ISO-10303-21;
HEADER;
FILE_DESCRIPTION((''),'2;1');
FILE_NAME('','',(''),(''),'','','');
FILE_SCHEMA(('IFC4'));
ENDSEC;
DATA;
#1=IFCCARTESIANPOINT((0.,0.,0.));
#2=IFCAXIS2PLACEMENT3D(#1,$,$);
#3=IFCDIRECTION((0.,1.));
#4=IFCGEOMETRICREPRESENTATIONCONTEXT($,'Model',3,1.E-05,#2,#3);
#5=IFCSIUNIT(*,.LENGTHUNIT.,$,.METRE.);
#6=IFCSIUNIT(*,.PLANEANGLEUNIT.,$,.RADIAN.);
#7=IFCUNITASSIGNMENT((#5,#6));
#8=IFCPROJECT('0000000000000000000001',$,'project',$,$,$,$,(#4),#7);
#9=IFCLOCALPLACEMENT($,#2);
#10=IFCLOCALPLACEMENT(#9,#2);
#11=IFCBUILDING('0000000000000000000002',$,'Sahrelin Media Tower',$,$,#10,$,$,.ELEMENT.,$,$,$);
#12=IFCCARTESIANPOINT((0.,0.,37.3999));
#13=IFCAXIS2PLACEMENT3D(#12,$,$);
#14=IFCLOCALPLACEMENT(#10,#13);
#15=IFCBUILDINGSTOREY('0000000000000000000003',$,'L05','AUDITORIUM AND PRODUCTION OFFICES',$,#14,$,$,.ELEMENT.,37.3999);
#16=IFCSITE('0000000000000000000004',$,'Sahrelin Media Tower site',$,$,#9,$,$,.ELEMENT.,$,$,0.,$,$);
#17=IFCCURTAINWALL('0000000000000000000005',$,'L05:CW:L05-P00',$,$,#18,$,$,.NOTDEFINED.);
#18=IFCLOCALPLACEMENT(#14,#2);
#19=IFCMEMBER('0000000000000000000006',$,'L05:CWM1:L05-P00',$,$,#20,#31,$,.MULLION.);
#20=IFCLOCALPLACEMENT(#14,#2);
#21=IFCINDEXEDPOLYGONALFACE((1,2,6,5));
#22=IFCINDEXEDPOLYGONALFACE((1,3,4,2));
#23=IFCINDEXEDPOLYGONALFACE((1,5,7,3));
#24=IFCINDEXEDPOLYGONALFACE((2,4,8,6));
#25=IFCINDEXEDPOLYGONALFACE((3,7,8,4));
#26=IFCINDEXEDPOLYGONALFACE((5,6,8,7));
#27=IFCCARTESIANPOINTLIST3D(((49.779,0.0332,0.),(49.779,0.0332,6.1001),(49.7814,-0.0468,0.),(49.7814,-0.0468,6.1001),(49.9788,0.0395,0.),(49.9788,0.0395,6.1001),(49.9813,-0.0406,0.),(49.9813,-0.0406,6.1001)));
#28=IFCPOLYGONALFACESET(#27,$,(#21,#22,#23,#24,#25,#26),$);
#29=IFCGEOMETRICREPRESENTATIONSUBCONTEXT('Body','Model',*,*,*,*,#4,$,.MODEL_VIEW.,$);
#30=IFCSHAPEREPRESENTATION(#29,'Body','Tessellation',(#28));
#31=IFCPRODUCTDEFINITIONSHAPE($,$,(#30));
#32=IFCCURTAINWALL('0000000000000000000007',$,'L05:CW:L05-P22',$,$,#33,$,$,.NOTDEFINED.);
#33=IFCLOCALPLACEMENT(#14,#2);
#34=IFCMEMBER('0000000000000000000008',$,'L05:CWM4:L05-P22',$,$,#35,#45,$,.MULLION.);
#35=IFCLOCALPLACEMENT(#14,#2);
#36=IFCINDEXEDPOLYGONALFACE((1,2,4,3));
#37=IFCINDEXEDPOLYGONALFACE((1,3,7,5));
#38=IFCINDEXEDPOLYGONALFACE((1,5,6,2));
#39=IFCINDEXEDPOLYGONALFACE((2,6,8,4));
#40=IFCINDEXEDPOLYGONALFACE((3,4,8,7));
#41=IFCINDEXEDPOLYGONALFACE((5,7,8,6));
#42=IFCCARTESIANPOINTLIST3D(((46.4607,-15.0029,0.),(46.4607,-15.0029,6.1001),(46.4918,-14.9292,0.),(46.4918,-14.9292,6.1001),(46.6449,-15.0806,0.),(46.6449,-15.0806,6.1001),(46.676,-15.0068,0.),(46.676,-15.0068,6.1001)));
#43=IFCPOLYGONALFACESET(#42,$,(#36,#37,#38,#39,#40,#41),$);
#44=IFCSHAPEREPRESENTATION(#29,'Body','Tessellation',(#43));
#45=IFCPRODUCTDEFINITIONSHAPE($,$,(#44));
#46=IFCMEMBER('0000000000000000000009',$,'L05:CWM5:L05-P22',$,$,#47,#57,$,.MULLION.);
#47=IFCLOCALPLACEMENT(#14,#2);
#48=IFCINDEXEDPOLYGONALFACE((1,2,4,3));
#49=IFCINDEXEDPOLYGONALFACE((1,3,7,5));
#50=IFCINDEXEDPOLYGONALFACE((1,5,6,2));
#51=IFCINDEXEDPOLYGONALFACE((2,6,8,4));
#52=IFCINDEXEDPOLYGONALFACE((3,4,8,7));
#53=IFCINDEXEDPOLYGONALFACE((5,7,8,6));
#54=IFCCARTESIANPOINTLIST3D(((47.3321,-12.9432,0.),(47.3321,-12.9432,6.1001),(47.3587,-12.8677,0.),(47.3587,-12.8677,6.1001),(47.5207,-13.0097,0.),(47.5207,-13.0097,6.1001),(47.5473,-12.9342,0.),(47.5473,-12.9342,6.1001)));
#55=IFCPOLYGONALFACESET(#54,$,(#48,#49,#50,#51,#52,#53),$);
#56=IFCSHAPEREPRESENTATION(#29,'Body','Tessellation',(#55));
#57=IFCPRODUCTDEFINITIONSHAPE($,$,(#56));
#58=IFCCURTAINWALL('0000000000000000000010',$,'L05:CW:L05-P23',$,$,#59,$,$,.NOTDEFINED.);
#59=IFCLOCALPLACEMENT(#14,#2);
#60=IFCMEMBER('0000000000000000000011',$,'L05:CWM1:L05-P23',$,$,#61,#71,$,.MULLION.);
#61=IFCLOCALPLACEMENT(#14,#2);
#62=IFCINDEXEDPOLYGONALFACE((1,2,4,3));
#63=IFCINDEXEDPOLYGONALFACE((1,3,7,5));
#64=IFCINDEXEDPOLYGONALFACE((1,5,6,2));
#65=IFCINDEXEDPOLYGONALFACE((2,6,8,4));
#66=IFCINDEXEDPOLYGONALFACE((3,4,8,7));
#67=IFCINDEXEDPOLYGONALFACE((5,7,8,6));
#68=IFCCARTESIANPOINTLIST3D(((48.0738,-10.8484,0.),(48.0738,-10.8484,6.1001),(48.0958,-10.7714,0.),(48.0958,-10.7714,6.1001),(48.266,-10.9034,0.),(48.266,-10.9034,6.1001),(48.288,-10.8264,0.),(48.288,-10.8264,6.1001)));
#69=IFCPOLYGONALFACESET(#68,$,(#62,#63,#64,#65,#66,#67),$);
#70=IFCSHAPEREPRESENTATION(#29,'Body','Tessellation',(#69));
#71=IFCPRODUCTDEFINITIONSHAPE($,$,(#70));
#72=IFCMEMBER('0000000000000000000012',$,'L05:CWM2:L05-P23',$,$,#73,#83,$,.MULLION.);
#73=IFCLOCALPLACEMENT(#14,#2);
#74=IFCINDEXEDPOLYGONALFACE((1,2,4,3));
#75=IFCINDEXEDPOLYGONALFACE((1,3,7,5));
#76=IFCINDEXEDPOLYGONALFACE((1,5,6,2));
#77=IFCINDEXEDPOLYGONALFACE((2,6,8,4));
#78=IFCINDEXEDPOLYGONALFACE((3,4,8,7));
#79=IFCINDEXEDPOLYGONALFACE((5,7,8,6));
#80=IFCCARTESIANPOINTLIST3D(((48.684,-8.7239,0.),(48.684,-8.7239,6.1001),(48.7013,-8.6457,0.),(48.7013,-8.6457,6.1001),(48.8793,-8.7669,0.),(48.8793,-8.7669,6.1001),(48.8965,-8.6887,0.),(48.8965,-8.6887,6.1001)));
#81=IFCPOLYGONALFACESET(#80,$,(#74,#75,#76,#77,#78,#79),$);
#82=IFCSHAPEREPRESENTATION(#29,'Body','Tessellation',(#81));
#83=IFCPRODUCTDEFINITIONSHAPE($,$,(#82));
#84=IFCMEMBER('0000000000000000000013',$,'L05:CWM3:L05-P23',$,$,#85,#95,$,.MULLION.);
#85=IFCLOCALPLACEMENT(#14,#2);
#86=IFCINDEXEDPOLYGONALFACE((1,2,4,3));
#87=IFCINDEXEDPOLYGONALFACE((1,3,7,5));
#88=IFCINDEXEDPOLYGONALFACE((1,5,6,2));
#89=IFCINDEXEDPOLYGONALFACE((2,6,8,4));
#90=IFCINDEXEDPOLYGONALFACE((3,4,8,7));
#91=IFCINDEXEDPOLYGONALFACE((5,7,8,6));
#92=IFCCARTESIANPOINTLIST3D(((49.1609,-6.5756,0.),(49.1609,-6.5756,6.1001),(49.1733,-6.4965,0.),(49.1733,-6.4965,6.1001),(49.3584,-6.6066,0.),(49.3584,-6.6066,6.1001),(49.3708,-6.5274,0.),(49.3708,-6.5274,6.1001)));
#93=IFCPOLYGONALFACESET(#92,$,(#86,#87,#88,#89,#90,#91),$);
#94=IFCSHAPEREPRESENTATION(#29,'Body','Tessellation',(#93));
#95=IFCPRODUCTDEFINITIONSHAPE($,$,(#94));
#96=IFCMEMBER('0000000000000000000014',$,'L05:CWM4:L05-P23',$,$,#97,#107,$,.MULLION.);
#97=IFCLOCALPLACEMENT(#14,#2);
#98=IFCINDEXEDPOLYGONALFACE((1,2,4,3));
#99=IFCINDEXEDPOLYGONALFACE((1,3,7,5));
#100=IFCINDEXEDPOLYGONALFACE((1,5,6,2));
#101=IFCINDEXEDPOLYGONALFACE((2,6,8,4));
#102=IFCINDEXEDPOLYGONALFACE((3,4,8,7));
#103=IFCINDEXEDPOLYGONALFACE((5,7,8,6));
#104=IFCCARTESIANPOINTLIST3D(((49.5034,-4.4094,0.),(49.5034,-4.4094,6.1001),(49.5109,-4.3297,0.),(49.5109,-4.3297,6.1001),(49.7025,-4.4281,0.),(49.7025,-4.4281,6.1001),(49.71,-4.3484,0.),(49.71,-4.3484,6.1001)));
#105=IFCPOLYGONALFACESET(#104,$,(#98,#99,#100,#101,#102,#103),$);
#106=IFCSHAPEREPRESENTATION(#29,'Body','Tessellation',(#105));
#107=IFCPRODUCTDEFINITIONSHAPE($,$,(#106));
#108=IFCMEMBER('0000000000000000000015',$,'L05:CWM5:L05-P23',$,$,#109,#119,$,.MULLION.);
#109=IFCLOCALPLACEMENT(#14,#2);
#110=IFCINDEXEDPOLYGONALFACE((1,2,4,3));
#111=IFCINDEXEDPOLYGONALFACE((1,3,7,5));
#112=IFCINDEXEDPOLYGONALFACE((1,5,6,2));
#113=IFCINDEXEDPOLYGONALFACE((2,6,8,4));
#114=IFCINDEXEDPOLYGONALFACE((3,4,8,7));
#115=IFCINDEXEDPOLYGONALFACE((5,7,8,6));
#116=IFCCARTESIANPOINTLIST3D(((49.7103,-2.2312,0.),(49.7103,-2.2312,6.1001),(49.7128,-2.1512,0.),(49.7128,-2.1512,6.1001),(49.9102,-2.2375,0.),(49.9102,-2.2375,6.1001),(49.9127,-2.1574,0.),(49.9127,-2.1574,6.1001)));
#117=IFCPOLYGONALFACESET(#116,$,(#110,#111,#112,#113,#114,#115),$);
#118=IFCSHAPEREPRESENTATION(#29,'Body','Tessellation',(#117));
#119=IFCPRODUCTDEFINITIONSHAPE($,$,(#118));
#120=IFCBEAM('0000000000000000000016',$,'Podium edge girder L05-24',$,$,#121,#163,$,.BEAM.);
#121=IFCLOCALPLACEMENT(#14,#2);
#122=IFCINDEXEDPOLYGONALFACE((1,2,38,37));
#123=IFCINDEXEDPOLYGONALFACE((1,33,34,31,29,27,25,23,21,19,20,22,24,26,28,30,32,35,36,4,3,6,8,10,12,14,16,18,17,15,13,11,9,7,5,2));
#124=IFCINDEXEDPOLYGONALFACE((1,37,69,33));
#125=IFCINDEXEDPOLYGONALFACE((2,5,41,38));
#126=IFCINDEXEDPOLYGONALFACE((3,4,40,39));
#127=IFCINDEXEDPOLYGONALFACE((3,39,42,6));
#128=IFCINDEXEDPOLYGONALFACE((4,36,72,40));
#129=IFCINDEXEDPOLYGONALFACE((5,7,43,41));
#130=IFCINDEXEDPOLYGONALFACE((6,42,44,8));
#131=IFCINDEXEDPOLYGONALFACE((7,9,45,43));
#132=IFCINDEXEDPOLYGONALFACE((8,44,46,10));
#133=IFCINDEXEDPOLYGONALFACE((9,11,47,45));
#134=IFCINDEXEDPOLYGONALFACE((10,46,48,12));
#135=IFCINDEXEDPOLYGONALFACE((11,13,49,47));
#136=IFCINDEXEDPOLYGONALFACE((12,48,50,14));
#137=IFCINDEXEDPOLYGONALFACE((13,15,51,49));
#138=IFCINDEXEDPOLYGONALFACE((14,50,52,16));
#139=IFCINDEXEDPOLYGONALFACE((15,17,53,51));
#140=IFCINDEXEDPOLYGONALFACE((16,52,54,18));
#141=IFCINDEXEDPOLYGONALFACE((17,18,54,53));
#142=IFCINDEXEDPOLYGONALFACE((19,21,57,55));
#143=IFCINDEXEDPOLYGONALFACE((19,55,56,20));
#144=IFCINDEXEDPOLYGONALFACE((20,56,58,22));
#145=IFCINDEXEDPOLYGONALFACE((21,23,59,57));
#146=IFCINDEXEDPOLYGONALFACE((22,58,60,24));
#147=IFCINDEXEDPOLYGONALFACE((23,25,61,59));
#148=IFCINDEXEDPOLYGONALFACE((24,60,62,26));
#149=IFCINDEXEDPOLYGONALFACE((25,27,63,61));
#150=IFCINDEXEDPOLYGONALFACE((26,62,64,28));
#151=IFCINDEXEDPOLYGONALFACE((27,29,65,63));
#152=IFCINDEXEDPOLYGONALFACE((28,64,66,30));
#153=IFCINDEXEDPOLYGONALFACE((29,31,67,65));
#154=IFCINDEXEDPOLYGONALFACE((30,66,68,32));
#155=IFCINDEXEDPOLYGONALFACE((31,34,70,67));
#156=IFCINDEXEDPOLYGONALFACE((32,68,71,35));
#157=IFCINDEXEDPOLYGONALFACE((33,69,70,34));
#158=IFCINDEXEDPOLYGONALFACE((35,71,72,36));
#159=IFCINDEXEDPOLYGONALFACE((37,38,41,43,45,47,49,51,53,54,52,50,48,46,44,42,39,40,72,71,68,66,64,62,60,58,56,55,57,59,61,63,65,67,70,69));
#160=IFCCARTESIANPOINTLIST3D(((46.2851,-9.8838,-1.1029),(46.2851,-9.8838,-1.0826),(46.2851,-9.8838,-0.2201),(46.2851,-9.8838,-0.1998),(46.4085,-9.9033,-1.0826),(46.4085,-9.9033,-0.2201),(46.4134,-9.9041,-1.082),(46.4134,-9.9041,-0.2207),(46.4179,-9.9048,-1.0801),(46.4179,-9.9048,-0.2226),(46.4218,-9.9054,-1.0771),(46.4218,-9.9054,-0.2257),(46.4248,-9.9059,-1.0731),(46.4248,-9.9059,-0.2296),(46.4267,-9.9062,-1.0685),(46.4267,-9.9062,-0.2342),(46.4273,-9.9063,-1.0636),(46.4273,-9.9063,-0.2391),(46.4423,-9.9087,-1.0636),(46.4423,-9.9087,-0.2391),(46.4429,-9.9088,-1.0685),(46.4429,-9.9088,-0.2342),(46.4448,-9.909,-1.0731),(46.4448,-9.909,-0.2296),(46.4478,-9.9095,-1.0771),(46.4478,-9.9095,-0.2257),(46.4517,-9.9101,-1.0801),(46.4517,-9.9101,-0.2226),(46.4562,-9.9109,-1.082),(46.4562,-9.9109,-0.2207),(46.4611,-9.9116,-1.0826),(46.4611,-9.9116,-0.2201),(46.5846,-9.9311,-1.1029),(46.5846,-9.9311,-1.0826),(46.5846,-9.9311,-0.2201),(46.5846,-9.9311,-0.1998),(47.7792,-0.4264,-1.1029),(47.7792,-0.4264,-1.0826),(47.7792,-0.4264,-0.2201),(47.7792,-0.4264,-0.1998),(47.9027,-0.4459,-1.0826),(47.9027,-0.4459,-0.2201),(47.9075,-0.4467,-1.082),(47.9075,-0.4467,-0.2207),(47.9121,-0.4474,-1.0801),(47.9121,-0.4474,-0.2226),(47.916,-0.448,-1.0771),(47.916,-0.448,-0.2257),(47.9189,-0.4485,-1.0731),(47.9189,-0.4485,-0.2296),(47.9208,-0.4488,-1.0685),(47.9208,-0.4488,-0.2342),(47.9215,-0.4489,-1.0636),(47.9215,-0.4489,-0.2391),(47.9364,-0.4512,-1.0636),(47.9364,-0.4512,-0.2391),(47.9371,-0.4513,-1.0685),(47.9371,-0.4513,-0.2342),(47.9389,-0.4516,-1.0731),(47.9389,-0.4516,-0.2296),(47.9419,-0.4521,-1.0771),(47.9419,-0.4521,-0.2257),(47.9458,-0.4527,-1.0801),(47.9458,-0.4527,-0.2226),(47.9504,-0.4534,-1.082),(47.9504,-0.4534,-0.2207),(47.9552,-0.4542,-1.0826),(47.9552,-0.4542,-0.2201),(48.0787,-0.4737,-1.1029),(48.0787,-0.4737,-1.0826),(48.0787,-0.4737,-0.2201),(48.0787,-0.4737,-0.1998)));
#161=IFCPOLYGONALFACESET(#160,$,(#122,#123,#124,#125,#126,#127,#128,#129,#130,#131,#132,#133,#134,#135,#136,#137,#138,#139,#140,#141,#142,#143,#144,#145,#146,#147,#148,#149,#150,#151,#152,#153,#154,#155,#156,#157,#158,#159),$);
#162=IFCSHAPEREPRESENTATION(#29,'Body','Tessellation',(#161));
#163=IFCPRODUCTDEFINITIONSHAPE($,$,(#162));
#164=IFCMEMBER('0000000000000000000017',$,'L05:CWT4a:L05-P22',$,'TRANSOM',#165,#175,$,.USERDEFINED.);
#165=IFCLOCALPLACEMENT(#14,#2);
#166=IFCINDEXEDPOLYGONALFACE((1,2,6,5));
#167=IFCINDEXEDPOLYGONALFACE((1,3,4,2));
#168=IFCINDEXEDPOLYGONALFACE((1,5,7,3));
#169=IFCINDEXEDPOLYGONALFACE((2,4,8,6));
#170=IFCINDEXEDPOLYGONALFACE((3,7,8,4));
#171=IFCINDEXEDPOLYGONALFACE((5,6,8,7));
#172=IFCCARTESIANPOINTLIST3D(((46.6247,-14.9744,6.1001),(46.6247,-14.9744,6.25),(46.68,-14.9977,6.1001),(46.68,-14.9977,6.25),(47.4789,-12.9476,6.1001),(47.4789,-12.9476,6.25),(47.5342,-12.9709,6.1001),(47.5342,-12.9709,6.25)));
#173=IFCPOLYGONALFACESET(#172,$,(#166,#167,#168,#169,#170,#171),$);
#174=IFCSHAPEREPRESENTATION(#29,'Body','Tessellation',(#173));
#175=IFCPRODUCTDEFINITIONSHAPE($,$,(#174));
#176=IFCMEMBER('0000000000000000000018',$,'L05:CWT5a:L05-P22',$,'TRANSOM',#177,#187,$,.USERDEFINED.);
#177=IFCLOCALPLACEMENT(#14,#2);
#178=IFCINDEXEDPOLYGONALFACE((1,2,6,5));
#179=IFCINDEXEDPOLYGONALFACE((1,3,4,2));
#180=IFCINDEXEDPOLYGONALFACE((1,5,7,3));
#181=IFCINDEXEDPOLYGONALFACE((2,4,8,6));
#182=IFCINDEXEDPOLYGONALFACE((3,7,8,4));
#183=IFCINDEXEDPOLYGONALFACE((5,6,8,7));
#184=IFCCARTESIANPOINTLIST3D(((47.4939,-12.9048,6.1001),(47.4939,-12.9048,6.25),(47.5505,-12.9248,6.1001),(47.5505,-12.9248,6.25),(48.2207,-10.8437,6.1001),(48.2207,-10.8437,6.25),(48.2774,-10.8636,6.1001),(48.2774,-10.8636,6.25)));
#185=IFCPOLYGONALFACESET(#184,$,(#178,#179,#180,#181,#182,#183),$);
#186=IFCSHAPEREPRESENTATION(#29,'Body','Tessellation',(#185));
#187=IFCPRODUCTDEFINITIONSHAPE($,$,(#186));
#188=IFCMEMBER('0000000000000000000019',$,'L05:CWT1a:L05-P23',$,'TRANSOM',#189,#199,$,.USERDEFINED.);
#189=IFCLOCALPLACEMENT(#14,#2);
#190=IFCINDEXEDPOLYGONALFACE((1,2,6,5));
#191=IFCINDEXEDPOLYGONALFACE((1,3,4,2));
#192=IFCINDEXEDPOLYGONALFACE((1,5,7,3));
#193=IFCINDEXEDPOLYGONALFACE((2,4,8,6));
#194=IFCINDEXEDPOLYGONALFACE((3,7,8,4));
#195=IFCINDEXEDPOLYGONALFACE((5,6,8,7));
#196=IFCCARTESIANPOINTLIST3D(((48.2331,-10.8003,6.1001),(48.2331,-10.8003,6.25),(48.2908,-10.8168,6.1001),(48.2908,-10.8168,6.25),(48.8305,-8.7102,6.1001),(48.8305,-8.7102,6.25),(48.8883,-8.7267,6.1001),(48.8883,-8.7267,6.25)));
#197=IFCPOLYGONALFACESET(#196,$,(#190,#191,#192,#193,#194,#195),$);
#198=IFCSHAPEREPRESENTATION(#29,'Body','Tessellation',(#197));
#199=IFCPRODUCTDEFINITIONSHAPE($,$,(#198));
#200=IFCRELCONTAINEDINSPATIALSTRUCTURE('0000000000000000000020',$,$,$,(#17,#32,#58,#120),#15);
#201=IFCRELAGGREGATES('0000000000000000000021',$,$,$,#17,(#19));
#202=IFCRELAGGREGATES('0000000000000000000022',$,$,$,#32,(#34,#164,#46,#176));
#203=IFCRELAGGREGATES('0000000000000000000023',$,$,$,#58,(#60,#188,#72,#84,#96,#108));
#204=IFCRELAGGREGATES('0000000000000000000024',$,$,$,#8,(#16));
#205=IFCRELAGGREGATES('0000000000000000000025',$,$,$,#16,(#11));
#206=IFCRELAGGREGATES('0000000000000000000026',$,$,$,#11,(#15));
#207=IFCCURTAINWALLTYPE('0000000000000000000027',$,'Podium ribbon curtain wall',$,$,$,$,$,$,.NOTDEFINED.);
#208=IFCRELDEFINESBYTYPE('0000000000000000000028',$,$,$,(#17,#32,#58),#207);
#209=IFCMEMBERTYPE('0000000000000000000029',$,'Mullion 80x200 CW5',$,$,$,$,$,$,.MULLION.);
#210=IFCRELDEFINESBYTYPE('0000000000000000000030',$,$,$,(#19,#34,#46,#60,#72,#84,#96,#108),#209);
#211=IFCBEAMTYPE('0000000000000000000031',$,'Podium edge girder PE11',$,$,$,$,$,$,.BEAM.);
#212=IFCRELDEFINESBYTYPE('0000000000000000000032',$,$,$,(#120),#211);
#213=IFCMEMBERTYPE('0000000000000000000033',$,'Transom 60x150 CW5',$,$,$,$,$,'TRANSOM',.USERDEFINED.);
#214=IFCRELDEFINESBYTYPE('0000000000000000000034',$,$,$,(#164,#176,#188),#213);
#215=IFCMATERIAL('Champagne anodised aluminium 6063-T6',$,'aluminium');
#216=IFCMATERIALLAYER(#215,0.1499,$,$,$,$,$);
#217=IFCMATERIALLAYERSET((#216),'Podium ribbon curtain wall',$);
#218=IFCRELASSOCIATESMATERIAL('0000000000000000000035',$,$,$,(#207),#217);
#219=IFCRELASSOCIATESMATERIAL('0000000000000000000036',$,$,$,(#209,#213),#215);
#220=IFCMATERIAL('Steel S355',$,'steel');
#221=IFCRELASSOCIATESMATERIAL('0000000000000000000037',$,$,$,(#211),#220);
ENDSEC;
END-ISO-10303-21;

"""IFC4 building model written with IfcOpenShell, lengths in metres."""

from ifc_helpers import new_model, si_unit, direction, frame, origin, origin_2d, place, context, subcontext, project, spatial, rectangle, i_section, extrude, material, layer, layer_set, material_profile, profile_set, type_object, element, aggregate, save


model = new_model("IFC4")

# Units and contexts
model_context = context("Model", 3, precision=1e-05, world=origin(), true_north=direction((0.0, 1.0)))
body_context = subcontext(model_context, "Body", "Model", "MODEL_VIEW")
ifc_project = project(units=[si_unit("LENGTHUNIT", "METRE"), si_unit("PLANEANGLEUNIT", "RADIAN")], contexts=[model_context])

# Site, building, storey
site_placement = place(None, origin())
site = spatial("IfcSite", under=ifc_project, at=site_placement, Name="Sahrelin Media Tower site", CompositionType="ELEMENT", RefElevation=0.0)
building_placement = place(site_placement, origin())
building = spatial("IfcBuilding", under=site, at=building_placement, Name="Sahrelin Media Tower", CompositionType="ELEMENT")
storey_placement = place(building_placement, frame((0.0, 0.0, 37.3999)))
storey = spatial("IfcBuildingStorey", under=building, at=storey_placement, Name="L05", Description="AUDITORIUM AND PRODUCTION OFFICES", CompositionType="ELEMENT", Elevation=37.3999)

# Curtain wall, member
ifc_material_1 = material(Name="Champagne anodised aluminium 6063-T6", Category="aluminium")
ifc_layer_1 = layer(ifc_material_1, 0.1499)
ifc_layer_set_1 = layer_set([ifc_layer_1], Name="Podium ribbon curtain wall")
curtain_wall_type = type_object("IfcCurtainWallType", Name="Podium ribbon curtain wall", PredefinedType="NOTDEFINED", material=ifc_layer_set_1)
curtain_wall_1_placement = place(storey_placement, frame((50.0, 0.0, 0.0), z_axis=(0.0, 0.0, 1.0), x_axis=(1.0, 0.0, 0.0)))
curtain_wall_1 = element("IfcCurtainWall", 1, at=curtain_wall_1_placement, inside=storey, type_object=curtain_wall_type, Name="L05:CW:L05-P00", PredefinedType="NOTDEFINED")
ifc_material_profile_1 = material_profile(ifc_material_1, rectangle(XDim=0.0801, YDim=0.2, at=origin_2d()), Name="Mullion 80x200")
ifc_profile_set_1 = profile_set([ifc_material_profile_1], Name="Champagne anodised aluminium 6063-T6")
member_type_1 = type_object("IfcMemberType", Name="Mullion 80x200 CW5", PredefinedType="MULLION", material=ifc_profile_set_1)
member_1_placement = place(storey_placement, frame((49.8801, -0.0037, 0.0), z_axis=(0.0, 0.0, 1.0), x_axis=(-0.031147, 0.999515, 0.0)))
member_1 = element("IfcMember", 2, at=member_1_placement, type_object=member_type_1, Name="L05:CWM1:L05-P00", PredefinedType="MULLION", context=body_context, shape_type="SweptSolid", body=[
    extrude(rectangle(XDim=0.0801, YDim=0.2, at=origin_2d()), origin(), (0.0, 0.0, 1.0), 6.1001),
])
aggregate(curtain_wall_1, [member_1])

# Curtain walls, members
curtain_wall_2_placement = place(storey_placement, frame((43.3013, -21.0, 0.0), z_axis=(0.0, 0.0, 1.0), x_axis=(1.0, 0.0, 0.0)))
curtain_wall_2 = element("IfcCurtainWall", 3, at=curtain_wall_2_placement, inside=storey, type_object=curtain_wall_type, Name="L05:CW:L05-P22", PredefinedType="NOTDEFINED")
member_2_placement = place(storey_placement, frame((46.5684, -15.0049, 0.0), z_axis=(0.0, 0.0, 1.0), x_axis=(0.38845, 0.92147, 0.0)))
member_2 = element("IfcMember", 4, at=member_2_placement, type_object=member_type_1, Name="L05:CWM4:L05-P22", PredefinedType="MULLION", context=body_context, shape_type="SweptSolid", body=[
    extrude(rectangle(XDim=0.0801, YDim=0.2, at=origin_2d()), origin(), (0.0, 0.0, 1.0), 6.1001),
])
member_3_placement = place(storey_placement, frame((47.4397, -12.9387, 0.0), z_axis=(0.0, 0.0, 1.0), x_axis=(0.332579, 0.943075, 0.0)))
member_3 = element("IfcMember", 5, at=member_3_placement, type_object=member_type_1, Name="L05:CWM5:L05-P22", PredefinedType="MULLION", context=body_context, shape_type="SweptSolid", body=[
    extrude(rectangle(XDim=0.0801, YDim=0.2, at=origin_2d()), origin(), (0.0, 0.0, 1.0), 6.1001),
])
curtain_wall_3_placement = place(storey_placement, frame((48.2964, -10.8704, 0.0), z_axis=(0.0, 0.0, 1.0), x_axis=(1.0, 0.0, 0.0)))
curtain_wall_3 = element("IfcCurtainWall", 6, at=curtain_wall_3_placement, inside=storey, type_object=curtain_wall_type, Name="L05:CW:L05-P23", PredefinedType="NOTDEFINED")
member_4_placement = place(storey_placement, frame((48.1809, -10.8374, 0.0), z_axis=(0.0, 0.0, 1.0), x_axis=(0.27481, 0.961499, 0.0)))
member_4 = element("IfcMember", 7, at=member_4_placement, type_object=member_type_1, Name="L05:CWM1:L05-P23", PredefinedType="MULLION", context=body_context, shape_type="SweptSolid", body=[
    extrude(rectangle(XDim=0.0801, YDim=0.2, at=origin_2d()), origin(), (0.0, 0.0, 1.0), 6.1001),
])
member_5_placement = place(storey_placement, frame((48.7903, -8.7063, 0.0), z_axis=(0.0, 0.0, 1.0), x_axis=(0.215438, 0.976518, 0.0)))
member_5 = element("IfcMember", 8, at=member_5_placement, type_object=member_type_1, Name="L05:CWM2:L05-P23", PredefinedType="MULLION", context=body_context, shape_type="SweptSolid", body=[
    extrude(rectangle(XDim=0.0801, YDim=0.2, at=origin_2d()), origin(), (0.0, 0.0, 1.0), 6.1001),
])
member_6_placement = place(storey_placement, frame((49.2659, -6.5515, 0.0), z_axis=(0.0, 0.0, 1.0), x_axis=(0.154852, 0.987938, 0.0)))
member_6 = element("IfcMember", 9, at=member_6_placement, type_object=member_type_1, Name="L05:CWM3:L05-P23", PredefinedType="MULLION", context=body_context, shape_type="SweptSolid", body=[
    extrude(rectangle(XDim=0.0801, YDim=0.2, at=origin_2d()), origin(), (0.0, 0.0, 1.0), 6.1001),
])
member_7_placement = place(storey_placement, frame((49.6067, -4.3789, 0.0), z_axis=(0.0, 0.0, 1.0), x_axis=(0.093292, 0.995639, 0.0)))
member_7 = element("IfcMember", 10, at=member_7_placement, type_object=member_type_1, Name="L05:CWM4:L05-P23", PredefinedType="MULLION", context=body_context, shape_type="SweptSolid", body=[
    extrude(rectangle(XDim=0.0801, YDim=0.2, at=origin_2d()), origin(), (0.0, 0.0, 1.0), 6.1001),
])
member_8_placement = place(storey_placement, frame((49.8115, -2.1943, 0.0), z_axis=(0.0, 0.0, 1.0), x_axis=(0.031147, 0.999515, 0.0)))
member_8 = element("IfcMember", 11, at=member_8_placement, type_object=member_type_1, Name="L05:CWM5:L05-P23", PredefinedType="MULLION", context=body_context, shape_type="SweptSolid", body=[
    extrude(rectangle(XDim=0.0801, YDim=0.2, at=origin_2d()), origin(), (0.0, 0.0, 1.0), 6.1001),
])

# Beam
ifc_material_2 = material(Name="Steel S355", Category="steel")
ifc_material_profile_2 = material_profile(ifc_material_2, i_section(OverallWidth=0.3032, OverallDepth=0.9031, WebThickness=0.0151, FlangeThickness=0.0203, FilletRadius=0.019, at=origin_2d()), Name="UB 914x305x201")
ifc_profile_set_2 = profile_set([ifc_material_profile_2], Name="Steel S355")
beam_type = type_object("IfcBeamType", Name="Podium edge girder PE11", PredefinedType="BEAM", material=ifc_profile_set_2)
beam_placement = place(storey_placement, frame((46.4348, -9.9075, -0.6514), z_axis=(0.156049, 0.987749, 0.0), x_axis=(-0.987749, 0.156049, 0.0)))
element("IfcBeam", 12, at=beam_placement, inside=storey, type_object=beam_type, Name="Podium edge girder L05-24", PredefinedType="BEAM", context=body_context, shape_type="SweptSolid", body=[
    extrude(i_section(OverallWidth=0.3032, OverallDepth=0.9031, WebThickness=0.0151, FlangeThickness=0.0203, FilletRadius=0.019, at=origin_2d()), origin(), (0.0, 0.0, 1.0), 9.5747),
])

# Members
ifc_material_profile_3 = material_profile(ifc_material_1, rectangle(XDim=0.0601, YDim=0.1499, at=origin_2d()), Name="Transom 60x150")
ifc_profile_set_3 = profile_set([ifc_material_profile_3], Name="Champagne anodised aluminium 6063-T6")
member_type_2 = type_object("IfcMemberType", Name="Transom 60x150 CW5", ElementType="TRANSOM", PredefinedType="USERDEFINED", material=ifc_profile_set_3)
member_9_placement = place(storey_placement, frame((46.6523, -14.9861, 6.175), z_axis=(0.38838, 0.9215, 0.0), x_axis=(-0.9215, 0.38838, 0.0)))
member_9 = element("IfcMember", 13, at=member_9_placement, type_object=member_type_2, Name="L05:CWT4a:L05-P22", ObjectType="TRANSOM", PredefinedType="USERDEFINED", context=body_context, shape_type="SweptSolid", body=[
    extrude(rectangle(XDim=0.0601, YDim=0.1499, at=origin_2d()), origin(), (0.0, 0.0, 1.0), 2.1995),
])
member_10_placement = place(storey_placement, frame((47.5222, -12.9148, 6.175), z_axis=(0.332569, 0.943079, 0.0), x_axis=(-0.943079, 0.332569, 0.0)))
member_10 = element("IfcMember", 14, at=member_10_placement, type_object=member_type_2, Name="L05:CWT5a:L05-P22", ObjectType="TRANSOM", PredefinedType="USERDEFINED", context=body_context, shape_type="SweptSolid", body=[
    extrude(rectangle(XDim=0.0601, YDim=0.1499, at=origin_2d()), origin(), (0.0, 0.0, 1.0), 2.1855),
])
member_11_placement = place(storey_placement, frame((48.262, -10.8086, 6.175), z_axis=(0.274825, 0.961494, 0.0), x_axis=(-0.961494, 0.274825, 0.0)))
member_11 = element("IfcMember", 15, at=member_11_placement, type_object=member_type_2, Name="L05:CWT1a:L05-P23", ObjectType="TRANSOM", PredefinedType="USERDEFINED", context=body_context, shape_type="SweptSolid", body=[
    extrude(rectangle(XDim=0.0601, YDim=0.1499, at=origin_2d()), origin(), (0.0, 0.0, 1.0), 2.1738),
])

aggregate(curtain_wall_2, [member_2, member_9, member_3, member_10])
aggregate(curtain_wall_3, [member_4, member_11, member_5, member_6, member_7, member_8])

save(model, "model.ifc")
